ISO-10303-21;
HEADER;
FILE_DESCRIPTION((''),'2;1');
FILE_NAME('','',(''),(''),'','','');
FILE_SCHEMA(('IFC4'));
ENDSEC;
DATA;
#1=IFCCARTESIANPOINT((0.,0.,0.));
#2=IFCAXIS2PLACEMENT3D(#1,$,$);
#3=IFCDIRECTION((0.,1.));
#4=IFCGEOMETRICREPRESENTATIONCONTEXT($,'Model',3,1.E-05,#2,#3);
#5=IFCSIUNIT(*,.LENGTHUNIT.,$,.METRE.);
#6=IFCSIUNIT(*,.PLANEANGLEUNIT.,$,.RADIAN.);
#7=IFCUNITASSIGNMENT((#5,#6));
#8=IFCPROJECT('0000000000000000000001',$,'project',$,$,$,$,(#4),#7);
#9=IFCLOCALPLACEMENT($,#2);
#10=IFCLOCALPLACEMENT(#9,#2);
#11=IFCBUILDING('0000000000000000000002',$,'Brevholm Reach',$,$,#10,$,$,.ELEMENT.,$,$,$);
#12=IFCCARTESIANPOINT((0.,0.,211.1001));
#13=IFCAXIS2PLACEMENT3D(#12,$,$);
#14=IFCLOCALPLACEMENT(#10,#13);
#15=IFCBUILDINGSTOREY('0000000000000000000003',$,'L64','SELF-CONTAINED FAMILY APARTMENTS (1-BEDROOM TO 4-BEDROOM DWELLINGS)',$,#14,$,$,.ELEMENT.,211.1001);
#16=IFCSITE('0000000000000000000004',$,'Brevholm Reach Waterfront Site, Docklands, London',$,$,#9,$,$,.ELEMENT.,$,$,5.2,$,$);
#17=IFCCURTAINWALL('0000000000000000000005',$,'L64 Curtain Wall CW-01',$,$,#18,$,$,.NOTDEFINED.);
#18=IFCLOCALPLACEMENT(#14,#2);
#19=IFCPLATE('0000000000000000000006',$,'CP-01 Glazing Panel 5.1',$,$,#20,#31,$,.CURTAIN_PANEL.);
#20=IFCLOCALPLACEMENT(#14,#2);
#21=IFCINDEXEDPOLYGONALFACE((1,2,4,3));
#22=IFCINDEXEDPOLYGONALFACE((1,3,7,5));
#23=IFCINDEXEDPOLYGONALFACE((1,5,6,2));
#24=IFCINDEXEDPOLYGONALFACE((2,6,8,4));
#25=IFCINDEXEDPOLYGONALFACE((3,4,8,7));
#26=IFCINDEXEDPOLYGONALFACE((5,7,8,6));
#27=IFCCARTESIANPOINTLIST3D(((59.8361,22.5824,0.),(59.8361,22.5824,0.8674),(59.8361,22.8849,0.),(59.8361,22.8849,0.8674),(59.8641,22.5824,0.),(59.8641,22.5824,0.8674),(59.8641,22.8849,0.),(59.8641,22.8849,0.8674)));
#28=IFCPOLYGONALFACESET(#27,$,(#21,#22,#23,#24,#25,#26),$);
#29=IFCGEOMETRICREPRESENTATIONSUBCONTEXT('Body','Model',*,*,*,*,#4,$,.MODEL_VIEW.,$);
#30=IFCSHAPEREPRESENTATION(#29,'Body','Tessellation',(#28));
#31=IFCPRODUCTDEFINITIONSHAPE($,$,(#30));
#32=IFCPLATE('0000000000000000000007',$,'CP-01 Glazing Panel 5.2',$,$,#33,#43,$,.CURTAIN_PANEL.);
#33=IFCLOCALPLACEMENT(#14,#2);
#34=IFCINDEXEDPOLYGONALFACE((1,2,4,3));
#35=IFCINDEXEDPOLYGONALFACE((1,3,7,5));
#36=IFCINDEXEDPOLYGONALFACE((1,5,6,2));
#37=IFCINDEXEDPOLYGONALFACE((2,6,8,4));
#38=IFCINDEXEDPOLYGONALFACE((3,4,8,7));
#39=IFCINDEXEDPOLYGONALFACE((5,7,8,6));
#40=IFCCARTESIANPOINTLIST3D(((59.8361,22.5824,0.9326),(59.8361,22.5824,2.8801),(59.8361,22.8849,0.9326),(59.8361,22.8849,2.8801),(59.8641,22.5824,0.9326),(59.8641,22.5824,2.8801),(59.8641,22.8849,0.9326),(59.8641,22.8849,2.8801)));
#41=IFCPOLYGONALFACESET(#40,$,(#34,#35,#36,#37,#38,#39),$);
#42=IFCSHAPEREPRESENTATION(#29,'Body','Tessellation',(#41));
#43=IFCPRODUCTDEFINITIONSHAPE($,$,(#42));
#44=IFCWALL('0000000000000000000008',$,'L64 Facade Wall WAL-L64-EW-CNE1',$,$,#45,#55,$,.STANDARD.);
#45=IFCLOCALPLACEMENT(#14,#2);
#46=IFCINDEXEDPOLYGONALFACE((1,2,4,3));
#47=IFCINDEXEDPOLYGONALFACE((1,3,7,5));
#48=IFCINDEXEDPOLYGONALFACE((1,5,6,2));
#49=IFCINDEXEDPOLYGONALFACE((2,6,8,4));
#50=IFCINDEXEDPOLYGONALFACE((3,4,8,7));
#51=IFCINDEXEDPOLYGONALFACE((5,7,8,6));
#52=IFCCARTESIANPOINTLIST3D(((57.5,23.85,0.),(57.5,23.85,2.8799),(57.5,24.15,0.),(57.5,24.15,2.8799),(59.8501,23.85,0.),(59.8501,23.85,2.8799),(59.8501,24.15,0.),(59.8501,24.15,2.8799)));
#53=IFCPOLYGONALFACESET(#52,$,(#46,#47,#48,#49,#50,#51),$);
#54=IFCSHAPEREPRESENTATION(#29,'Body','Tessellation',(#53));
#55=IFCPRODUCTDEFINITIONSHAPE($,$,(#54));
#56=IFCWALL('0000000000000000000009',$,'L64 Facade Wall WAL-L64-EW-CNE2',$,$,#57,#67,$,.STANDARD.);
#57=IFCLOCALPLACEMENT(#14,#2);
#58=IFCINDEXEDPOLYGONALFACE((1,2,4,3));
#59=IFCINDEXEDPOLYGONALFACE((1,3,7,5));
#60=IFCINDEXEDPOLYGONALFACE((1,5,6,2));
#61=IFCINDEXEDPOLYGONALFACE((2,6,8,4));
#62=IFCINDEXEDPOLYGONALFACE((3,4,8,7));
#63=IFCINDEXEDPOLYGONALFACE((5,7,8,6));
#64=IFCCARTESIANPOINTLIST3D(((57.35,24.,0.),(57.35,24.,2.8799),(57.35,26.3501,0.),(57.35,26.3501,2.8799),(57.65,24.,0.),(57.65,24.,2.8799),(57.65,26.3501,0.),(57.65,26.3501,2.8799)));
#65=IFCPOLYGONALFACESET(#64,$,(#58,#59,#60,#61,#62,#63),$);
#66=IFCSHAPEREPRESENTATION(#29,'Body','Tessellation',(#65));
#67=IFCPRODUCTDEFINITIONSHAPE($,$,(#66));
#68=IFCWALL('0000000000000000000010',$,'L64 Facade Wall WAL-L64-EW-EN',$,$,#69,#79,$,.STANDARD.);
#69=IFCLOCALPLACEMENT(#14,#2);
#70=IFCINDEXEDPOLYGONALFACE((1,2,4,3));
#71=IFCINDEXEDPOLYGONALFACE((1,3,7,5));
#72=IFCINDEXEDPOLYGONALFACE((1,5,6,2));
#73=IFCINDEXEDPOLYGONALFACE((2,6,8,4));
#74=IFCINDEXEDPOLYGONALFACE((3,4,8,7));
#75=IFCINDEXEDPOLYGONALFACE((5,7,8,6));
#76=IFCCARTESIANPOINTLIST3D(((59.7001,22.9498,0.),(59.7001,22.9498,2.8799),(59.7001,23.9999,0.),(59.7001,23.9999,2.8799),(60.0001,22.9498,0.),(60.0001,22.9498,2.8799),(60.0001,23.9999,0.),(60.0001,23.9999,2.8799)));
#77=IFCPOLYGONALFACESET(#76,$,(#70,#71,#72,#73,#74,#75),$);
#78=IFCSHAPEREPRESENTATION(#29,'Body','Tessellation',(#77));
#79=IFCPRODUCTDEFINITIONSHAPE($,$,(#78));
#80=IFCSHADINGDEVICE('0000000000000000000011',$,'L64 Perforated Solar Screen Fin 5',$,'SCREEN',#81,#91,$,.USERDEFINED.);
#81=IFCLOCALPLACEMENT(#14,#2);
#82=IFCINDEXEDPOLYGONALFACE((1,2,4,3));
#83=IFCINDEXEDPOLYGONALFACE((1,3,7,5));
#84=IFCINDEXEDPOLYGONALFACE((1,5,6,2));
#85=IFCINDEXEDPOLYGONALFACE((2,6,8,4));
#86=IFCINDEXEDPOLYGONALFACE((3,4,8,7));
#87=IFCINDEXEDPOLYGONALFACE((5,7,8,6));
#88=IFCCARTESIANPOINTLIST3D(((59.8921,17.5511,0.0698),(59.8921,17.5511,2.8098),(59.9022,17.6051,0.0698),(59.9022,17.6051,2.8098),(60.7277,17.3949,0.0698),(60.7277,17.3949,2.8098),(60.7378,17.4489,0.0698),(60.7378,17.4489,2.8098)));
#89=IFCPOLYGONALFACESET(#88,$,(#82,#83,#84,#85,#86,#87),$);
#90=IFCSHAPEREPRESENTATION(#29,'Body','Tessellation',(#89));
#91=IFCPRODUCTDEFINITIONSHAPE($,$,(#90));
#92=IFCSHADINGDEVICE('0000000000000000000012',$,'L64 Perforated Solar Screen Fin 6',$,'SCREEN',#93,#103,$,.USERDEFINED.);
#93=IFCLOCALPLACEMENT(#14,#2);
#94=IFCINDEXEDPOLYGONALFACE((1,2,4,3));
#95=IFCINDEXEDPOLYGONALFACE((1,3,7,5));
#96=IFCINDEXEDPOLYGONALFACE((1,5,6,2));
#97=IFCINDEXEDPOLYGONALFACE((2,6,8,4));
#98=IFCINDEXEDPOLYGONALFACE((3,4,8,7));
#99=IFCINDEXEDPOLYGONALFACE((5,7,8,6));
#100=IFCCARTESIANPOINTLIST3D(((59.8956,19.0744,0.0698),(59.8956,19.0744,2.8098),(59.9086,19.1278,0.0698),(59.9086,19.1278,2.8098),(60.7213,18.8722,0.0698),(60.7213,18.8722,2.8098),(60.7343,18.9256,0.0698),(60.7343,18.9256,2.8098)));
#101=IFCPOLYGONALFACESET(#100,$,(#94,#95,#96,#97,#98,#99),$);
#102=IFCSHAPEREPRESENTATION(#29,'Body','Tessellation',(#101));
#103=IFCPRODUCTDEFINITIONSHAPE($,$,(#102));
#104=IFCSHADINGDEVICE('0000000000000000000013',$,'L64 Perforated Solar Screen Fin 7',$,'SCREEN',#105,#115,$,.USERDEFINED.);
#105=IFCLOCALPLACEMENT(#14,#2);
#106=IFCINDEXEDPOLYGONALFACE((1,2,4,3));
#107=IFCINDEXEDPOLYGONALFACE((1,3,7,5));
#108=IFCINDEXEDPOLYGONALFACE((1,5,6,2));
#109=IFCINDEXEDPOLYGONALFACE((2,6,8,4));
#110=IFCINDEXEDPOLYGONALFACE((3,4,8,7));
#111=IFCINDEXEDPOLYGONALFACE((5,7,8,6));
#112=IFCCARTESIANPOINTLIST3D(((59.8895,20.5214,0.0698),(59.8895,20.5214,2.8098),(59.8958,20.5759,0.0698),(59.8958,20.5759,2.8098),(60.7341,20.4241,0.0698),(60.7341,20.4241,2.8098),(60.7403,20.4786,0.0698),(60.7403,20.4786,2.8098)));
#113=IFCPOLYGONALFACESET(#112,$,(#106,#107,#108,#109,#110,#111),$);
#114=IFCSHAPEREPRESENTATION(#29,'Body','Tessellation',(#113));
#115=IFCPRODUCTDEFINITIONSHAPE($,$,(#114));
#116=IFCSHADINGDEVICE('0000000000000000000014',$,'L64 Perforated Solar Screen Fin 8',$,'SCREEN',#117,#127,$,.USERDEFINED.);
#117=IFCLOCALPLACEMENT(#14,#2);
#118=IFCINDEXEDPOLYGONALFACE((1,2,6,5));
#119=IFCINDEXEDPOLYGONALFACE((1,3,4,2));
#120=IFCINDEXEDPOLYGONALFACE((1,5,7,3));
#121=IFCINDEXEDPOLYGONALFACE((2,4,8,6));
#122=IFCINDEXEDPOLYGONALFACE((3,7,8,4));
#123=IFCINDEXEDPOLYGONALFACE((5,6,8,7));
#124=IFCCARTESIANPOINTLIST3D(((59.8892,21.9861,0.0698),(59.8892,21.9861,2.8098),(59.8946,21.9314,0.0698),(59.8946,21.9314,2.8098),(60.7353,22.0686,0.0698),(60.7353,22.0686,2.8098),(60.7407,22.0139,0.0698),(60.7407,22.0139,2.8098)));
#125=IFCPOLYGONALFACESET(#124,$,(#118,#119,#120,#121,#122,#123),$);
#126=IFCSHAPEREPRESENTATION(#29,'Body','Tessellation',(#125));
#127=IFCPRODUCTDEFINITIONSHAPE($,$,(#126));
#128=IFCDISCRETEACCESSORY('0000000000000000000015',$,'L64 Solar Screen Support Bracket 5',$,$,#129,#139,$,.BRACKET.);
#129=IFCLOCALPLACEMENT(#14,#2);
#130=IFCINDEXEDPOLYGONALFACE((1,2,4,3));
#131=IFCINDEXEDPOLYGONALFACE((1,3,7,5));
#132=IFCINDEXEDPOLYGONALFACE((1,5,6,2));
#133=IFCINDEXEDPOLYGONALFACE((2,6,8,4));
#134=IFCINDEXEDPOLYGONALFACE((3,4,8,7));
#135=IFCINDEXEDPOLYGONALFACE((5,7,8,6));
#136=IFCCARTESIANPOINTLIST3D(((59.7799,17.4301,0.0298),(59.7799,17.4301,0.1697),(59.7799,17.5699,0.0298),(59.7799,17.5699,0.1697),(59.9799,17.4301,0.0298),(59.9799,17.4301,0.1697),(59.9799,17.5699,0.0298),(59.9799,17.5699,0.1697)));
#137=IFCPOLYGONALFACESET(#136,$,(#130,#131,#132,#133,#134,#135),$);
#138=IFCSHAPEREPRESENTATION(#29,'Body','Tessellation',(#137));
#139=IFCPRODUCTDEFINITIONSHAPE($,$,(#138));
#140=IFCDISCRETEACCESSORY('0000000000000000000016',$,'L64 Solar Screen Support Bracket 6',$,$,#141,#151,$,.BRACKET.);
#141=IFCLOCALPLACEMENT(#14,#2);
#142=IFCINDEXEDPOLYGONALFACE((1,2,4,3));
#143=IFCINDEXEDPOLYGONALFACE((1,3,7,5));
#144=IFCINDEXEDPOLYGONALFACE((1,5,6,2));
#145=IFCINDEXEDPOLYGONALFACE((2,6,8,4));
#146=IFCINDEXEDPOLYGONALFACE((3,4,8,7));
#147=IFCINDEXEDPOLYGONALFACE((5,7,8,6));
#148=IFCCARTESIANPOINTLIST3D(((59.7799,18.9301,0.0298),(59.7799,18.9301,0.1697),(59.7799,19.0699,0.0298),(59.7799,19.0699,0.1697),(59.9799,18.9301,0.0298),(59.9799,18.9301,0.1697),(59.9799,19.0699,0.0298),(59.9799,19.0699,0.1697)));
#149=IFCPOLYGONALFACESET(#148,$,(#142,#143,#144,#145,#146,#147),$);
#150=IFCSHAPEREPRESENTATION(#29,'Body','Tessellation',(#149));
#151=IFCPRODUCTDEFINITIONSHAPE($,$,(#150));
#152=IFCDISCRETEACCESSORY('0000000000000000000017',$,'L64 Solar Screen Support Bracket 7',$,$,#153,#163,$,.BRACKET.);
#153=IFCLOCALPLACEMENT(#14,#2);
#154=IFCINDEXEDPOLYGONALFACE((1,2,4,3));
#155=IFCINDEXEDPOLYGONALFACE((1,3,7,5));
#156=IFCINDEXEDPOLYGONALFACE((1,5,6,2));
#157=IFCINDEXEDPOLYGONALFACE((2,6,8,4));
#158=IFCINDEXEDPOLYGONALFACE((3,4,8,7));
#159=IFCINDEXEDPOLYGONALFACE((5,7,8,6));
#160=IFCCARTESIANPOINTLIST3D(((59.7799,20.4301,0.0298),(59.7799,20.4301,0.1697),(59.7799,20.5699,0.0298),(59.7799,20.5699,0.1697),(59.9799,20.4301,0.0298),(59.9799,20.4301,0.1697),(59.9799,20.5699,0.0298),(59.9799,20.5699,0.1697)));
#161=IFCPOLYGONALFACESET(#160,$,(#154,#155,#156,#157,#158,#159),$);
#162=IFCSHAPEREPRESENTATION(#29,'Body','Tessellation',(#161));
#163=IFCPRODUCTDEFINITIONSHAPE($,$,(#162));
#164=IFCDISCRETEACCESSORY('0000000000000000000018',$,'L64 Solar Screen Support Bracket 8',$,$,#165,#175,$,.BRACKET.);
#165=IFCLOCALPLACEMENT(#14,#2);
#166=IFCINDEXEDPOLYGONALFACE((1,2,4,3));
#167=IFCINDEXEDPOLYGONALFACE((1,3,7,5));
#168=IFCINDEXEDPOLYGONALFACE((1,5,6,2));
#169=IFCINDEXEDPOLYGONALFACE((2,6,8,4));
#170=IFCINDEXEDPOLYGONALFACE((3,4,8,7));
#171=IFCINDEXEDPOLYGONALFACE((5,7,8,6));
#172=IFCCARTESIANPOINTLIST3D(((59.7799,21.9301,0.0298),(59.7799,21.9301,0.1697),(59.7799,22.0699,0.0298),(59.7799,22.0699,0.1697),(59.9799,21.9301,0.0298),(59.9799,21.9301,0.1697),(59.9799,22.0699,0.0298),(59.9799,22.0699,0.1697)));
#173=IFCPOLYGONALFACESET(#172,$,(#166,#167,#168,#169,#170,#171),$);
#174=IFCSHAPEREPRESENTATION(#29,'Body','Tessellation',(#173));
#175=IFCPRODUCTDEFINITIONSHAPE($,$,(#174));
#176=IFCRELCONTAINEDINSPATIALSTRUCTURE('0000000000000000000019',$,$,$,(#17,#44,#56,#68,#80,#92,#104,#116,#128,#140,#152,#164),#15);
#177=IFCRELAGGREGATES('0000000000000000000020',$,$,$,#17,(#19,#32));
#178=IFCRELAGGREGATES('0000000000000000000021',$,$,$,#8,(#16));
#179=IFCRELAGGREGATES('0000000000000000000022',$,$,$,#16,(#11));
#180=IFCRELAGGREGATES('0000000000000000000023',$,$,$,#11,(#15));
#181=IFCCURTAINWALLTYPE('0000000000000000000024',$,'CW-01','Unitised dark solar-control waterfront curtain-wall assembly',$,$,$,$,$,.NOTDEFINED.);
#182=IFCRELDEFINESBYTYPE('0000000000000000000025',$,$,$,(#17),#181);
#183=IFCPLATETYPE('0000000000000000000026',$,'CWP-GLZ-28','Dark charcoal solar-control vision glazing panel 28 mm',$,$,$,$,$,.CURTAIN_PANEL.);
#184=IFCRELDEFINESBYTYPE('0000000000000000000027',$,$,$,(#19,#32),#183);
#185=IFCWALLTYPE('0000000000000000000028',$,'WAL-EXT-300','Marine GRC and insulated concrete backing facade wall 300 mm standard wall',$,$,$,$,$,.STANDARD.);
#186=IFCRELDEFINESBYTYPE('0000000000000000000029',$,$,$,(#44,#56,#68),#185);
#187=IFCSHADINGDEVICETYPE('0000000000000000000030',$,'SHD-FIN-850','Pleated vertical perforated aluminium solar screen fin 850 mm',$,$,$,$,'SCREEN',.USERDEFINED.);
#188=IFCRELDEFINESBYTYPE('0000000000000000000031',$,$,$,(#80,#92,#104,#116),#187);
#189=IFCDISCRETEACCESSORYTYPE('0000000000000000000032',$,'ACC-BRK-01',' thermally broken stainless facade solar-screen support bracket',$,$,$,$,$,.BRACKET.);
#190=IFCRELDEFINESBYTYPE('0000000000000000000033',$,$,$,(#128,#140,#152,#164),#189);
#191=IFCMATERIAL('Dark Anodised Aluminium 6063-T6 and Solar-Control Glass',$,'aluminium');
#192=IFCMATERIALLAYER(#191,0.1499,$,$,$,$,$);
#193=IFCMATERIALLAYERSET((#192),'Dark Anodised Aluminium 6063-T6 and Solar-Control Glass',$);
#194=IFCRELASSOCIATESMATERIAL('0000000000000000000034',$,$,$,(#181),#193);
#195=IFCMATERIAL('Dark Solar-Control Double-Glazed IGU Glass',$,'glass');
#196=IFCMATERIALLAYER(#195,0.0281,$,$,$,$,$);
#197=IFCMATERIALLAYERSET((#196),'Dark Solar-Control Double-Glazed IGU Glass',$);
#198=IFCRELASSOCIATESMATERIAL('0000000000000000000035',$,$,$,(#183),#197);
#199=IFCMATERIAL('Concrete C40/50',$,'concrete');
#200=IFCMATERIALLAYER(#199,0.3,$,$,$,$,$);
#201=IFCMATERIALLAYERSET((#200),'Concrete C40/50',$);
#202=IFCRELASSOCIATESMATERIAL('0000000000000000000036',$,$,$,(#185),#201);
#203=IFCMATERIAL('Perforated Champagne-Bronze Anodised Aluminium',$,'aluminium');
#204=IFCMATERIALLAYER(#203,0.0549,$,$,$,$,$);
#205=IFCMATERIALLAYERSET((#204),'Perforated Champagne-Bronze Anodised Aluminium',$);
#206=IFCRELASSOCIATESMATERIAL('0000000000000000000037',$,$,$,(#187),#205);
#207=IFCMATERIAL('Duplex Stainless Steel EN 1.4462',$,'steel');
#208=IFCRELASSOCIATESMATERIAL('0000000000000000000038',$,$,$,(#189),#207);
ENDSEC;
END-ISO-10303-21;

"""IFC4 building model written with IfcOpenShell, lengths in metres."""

from ifc_helpers import new_model, si_unit, direction, frame, frame_2d, origin, origin_2d, place, context, subcontext, project, spatial, rectangle, extrude, material, layer, layer_set, type_object, element, aggregate, save


model = new_model("IFC4")

# Units and contexts
model_context = context("Model", 3, precision=1e-05, world=origin(), true_north=direction((0.0, 1.0)))
body_context = subcontext(model_context, "Body", "Model", "MODEL_VIEW")
ifc_project = project(units=[si_unit("LENGTHUNIT", "METRE"), si_unit("PLANEANGLEUNIT", "RADIAN")], contexts=[model_context])

# Site, building, storey
site_placement = place(None, origin())
site = spatial("IfcSite", under=ifc_project, at=site_placement, Name="Brevholm Reach Waterfront Site, Docklands, London", CompositionType="ELEMENT", RefElevation=5.2)
building_placement = place(site_placement, origin())
building = spatial("IfcBuilding", under=site, at=building_placement, Name="Brevholm Reach", CompositionType="ELEMENT")
storey_placement = place(building_placement, frame((0.0, 0.0, 211.1001)))
storey = spatial("IfcBuildingStorey", under=building, at=storey_placement, Name="L64", Description="SELF-CONTAINED FAMILY APARTMENTS (1-BEDROOM TO 4-BEDROOM DWELLINGS)", CompositionType="ELEMENT", Elevation=211.1001)

# Curtain wall, plates
ifc_material_1 = material(Name="Dark Anodised Aluminium 6063-T6 and Solar-Control Glass", Category="aluminium")
ifc_layer_1 = layer(ifc_material_1, 0.1499)
ifc_layer_set_1 = layer_set([ifc_layer_1], Name="Dark Anodised Aluminium 6063-T6 and Solar-Control Glass")
curtain_wall_type = type_object("IfcCurtainWallType", Name="CW-01", Description="Unitised dark solar-control waterfront curtain-wall assembly", PredefinedType="NOTDEFINED", material=ifc_layer_set_1)
curtain_wall_placement = place(storey_placement, origin())
curtain_wall = element("IfcCurtainWall", 1, at=curtain_wall_placement, inside=storey, type_object=curtain_wall_type, Name="L64 Curtain Wall CW-01", PredefinedType="NOTDEFINED")
ifc_material_2 = material(Name="Dark Solar-Control Double-Glazed IGU Glass", Category="glass")
ifc_layer_2 = layer(ifc_material_2, 0.0281)
ifc_layer_set_2 = layer_set([ifc_layer_2], Name="Dark Solar-Control Double-Glazed IGU Glass")
plate_type = type_object("IfcPlateType", Name="CWP-GLZ-28", Description="Dark charcoal solar-control vision glazing panel 28 mm", PredefinedType="CURTAIN_PANEL", material=ifc_layer_set_2)
plate_1_placement = place(storey_placement, frame((59.8501, 22.7336, 0.0), z_axis=(0.0, 0.0, 1.0), x_axis=(0.0, 1.0, 0.0)))
plate_1 = element("IfcPlate", 2, at=plate_1_placement, type_object=plate_type, Name="CP-01 Glazing Panel 5.1", PredefinedType="CURTAIN_PANEL", context=body_context, shape_type="SweptSolid", body=[
    extrude(rectangle(XDim=0.3025, YDim=0.0281, at=origin_2d()), origin(), (0.0, 0.0, 1.0), 0.8674),
])
plate_2_placement = place(storey_placement, frame((59.8501, 22.7336, 0.9326), z_axis=(0.0, 0.0, 1.0), x_axis=(0.0, 1.0, 0.0)))
plate_2 = element("IfcPlate", 3, at=plate_2_placement, type_object=plate_type, Name="CP-01 Glazing Panel 5.2", PredefinedType="CURTAIN_PANEL", context=body_context, shape_type="SweptSolid", body=[
    extrude(rectangle(XDim=0.3025, YDim=0.0281, at=origin_2d()), origin(), (0.0, 0.0, 1.0), 1.9475),
])
aggregate(curtain_wall, [plate_1, plate_2])

# Walls
ifc_material_3 = material(Name="Concrete C40/50", Category="concrete")
ifc_layer_3 = layer(ifc_material_3, 0.3)
ifc_layer_set_3 = layer_set([ifc_layer_3], Name="Concrete C40/50")
wall_type = type_object("IfcWallType", Name="WAL-EXT-300", Description="Marine GRC and insulated concrete backing facade wall 300 mm standard wall", PredefinedType="STANDARD", material=ifc_layer_set_3)
for number, where, z_axis, x_axis, name in (
    (4, (59.8501, 24.0, 0.0), (0.0, 0.0, 1.0), (-1.0, 0.0, 0.0), "L64 Facade Wall WAL-L64-EW-CNE1"),
    (5, (57.5, 24.0, 0.0), (0.0, 0.0, 1.0), (0.0, 1.0, 0.0), "L64 Facade Wall WAL-L64-EW-CNE2"),
):
    element("IfcWall", number, at=place(storey_placement, frame(where, z_axis=z_axis, x_axis=x_axis)), inside=storey, type_object=wall_type, Name=name, PredefinedType="STANDARD", context=body_context, shape_type="SweptSolid", body=[
        extrude(rectangle(XDim=2.3501, YDim=0.3, at=frame_2d((1.175, 0.0))), origin(), (0.0, 0.0, 1.0), 2.8799),
    ])
wall_placement = place(storey_placement, frame((59.8501, 22.95, 0.0), z_axis=(0.0, 0.0, 1.0), x_axis=(0.0, 1.0, 0.0)))
element("IfcWall", 6, at=wall_placement, inside=storey, type_object=wall_type, Name="L64 Facade Wall WAL-L64-EW-EN", PredefinedType="STANDARD", context=body_context, shape_type="SweptSolid", body=[
    extrude(rectangle(XDim=1.05, YDim=0.3, at=frame_2d((0.5249, 0.0))), origin(), (0.0, 0.0, 1.0), 2.8799),
])

# Shading devices
ifc_material_4 = material(Name="Perforated Champagne-Bronze Anodised Aluminium", Category="aluminium")
ifc_layer_4 = layer(ifc_material_4, 0.0549)
ifc_layer_set_4 = layer_set([ifc_layer_4], Name="Perforated Champagne-Bronze Anodised Aluminium")
shading_device_type = type_object("IfcShadingDeviceType", Name="SHD-FIN-850", Description="Pleated vertical perforated aluminium solar screen fin 850 mm", ElementType="SCREEN", PredefinedType="USERDEFINED", material=ifc_layer_set_4)
for number, where, z_axis, x_axis, name in (
    (7, (60.3149, 17.5, 0.0698), (0.0, 0.0, 1.0), (0.982974, -0.183745, 0.0), "L64 Perforated Solar Screen Fin 5"),
    (8, (60.3149, 19.0, 0.0698), (0.0, 0.0, 1.0), (0.971288, -0.237906, 0.0), "L64 Perforated Solar Screen Fin 6"),
    (9, (60.3149, 20.5, 0.0698), (0.0, 0.0, 1.0), (0.993427, -0.114469, 0.0), "L64 Perforated Solar Screen Fin 7"),
    (10, (60.3149, 22.0, 0.0698), (0.0, 0.0, 1.0), (0.995285, 0.096992, 0.0), "L64 Perforated Solar Screen Fin 8"),
):
    element("IfcShadingDevice", number, at=place(storey_placement, frame(where, z_axis=z_axis, x_axis=x_axis)), inside=storey, type_object=shading_device_type, Name=name, ObjectType="SCREEN", PredefinedType="USERDEFINED", context=body_context, shape_type="SweptSolid", body=[
        extrude(rectangle(XDim=0.8501, YDim=0.0549, at=origin_2d()), origin(), (0.0, 0.0, 1.0), 2.74),
    ])

# Discrete accessories
ifc_material_5 = material(Name="Duplex Stainless Steel EN 1.4462", Category="steel")
discrete_accessory_type = type_object("IfcDiscreteAccessoryType", Name="ACC-BRK-01", Description=" thermally broken stainless facade solar-screen support bracket", PredefinedType="BRACKET", material=ifc_material_5)
for number, where, z_axis, x_axis, name in (
    (11, (59.8799, 17.5, 0.0298), (0.0, 0.0, 1.0), (1.0, 0.0, 0.0), "L64 Solar Screen Support Bracket 5"),
    (12, (59.8799, 19.0, 0.0298), (0.0, 0.0, 1.0), (1.0, 0.0, 0.0), "L64 Solar Screen Support Bracket 6"),
    (13, (59.8799, 20.5, 0.0298), (0.0, 0.0, 1.0), (1.0, 0.0, 0.0), "L64 Solar Screen Support Bracket 7"),
    (14, (59.8799, 22.0, 0.0298), (0.0, 0.0, 1.0), (1.0, 0.0, 0.0), "L64 Solar Screen Support Bracket 8"),
):
    element("IfcDiscreteAccessory", number, at=place(storey_placement, frame(where, z_axis=z_axis, x_axis=x_axis)), inside=storey, type_object=discrete_accessory_type, Name=name, PredefinedType="BRACKET", context=body_context, shape_type="SweptSolid", body=[
        extrude(rectangle(XDim=0.2, YDim=0.1399, at=origin_2d()), origin(), (0.0, 0.0, 1.0), 0.1399),
    ])

save(model, "model.ifc")
